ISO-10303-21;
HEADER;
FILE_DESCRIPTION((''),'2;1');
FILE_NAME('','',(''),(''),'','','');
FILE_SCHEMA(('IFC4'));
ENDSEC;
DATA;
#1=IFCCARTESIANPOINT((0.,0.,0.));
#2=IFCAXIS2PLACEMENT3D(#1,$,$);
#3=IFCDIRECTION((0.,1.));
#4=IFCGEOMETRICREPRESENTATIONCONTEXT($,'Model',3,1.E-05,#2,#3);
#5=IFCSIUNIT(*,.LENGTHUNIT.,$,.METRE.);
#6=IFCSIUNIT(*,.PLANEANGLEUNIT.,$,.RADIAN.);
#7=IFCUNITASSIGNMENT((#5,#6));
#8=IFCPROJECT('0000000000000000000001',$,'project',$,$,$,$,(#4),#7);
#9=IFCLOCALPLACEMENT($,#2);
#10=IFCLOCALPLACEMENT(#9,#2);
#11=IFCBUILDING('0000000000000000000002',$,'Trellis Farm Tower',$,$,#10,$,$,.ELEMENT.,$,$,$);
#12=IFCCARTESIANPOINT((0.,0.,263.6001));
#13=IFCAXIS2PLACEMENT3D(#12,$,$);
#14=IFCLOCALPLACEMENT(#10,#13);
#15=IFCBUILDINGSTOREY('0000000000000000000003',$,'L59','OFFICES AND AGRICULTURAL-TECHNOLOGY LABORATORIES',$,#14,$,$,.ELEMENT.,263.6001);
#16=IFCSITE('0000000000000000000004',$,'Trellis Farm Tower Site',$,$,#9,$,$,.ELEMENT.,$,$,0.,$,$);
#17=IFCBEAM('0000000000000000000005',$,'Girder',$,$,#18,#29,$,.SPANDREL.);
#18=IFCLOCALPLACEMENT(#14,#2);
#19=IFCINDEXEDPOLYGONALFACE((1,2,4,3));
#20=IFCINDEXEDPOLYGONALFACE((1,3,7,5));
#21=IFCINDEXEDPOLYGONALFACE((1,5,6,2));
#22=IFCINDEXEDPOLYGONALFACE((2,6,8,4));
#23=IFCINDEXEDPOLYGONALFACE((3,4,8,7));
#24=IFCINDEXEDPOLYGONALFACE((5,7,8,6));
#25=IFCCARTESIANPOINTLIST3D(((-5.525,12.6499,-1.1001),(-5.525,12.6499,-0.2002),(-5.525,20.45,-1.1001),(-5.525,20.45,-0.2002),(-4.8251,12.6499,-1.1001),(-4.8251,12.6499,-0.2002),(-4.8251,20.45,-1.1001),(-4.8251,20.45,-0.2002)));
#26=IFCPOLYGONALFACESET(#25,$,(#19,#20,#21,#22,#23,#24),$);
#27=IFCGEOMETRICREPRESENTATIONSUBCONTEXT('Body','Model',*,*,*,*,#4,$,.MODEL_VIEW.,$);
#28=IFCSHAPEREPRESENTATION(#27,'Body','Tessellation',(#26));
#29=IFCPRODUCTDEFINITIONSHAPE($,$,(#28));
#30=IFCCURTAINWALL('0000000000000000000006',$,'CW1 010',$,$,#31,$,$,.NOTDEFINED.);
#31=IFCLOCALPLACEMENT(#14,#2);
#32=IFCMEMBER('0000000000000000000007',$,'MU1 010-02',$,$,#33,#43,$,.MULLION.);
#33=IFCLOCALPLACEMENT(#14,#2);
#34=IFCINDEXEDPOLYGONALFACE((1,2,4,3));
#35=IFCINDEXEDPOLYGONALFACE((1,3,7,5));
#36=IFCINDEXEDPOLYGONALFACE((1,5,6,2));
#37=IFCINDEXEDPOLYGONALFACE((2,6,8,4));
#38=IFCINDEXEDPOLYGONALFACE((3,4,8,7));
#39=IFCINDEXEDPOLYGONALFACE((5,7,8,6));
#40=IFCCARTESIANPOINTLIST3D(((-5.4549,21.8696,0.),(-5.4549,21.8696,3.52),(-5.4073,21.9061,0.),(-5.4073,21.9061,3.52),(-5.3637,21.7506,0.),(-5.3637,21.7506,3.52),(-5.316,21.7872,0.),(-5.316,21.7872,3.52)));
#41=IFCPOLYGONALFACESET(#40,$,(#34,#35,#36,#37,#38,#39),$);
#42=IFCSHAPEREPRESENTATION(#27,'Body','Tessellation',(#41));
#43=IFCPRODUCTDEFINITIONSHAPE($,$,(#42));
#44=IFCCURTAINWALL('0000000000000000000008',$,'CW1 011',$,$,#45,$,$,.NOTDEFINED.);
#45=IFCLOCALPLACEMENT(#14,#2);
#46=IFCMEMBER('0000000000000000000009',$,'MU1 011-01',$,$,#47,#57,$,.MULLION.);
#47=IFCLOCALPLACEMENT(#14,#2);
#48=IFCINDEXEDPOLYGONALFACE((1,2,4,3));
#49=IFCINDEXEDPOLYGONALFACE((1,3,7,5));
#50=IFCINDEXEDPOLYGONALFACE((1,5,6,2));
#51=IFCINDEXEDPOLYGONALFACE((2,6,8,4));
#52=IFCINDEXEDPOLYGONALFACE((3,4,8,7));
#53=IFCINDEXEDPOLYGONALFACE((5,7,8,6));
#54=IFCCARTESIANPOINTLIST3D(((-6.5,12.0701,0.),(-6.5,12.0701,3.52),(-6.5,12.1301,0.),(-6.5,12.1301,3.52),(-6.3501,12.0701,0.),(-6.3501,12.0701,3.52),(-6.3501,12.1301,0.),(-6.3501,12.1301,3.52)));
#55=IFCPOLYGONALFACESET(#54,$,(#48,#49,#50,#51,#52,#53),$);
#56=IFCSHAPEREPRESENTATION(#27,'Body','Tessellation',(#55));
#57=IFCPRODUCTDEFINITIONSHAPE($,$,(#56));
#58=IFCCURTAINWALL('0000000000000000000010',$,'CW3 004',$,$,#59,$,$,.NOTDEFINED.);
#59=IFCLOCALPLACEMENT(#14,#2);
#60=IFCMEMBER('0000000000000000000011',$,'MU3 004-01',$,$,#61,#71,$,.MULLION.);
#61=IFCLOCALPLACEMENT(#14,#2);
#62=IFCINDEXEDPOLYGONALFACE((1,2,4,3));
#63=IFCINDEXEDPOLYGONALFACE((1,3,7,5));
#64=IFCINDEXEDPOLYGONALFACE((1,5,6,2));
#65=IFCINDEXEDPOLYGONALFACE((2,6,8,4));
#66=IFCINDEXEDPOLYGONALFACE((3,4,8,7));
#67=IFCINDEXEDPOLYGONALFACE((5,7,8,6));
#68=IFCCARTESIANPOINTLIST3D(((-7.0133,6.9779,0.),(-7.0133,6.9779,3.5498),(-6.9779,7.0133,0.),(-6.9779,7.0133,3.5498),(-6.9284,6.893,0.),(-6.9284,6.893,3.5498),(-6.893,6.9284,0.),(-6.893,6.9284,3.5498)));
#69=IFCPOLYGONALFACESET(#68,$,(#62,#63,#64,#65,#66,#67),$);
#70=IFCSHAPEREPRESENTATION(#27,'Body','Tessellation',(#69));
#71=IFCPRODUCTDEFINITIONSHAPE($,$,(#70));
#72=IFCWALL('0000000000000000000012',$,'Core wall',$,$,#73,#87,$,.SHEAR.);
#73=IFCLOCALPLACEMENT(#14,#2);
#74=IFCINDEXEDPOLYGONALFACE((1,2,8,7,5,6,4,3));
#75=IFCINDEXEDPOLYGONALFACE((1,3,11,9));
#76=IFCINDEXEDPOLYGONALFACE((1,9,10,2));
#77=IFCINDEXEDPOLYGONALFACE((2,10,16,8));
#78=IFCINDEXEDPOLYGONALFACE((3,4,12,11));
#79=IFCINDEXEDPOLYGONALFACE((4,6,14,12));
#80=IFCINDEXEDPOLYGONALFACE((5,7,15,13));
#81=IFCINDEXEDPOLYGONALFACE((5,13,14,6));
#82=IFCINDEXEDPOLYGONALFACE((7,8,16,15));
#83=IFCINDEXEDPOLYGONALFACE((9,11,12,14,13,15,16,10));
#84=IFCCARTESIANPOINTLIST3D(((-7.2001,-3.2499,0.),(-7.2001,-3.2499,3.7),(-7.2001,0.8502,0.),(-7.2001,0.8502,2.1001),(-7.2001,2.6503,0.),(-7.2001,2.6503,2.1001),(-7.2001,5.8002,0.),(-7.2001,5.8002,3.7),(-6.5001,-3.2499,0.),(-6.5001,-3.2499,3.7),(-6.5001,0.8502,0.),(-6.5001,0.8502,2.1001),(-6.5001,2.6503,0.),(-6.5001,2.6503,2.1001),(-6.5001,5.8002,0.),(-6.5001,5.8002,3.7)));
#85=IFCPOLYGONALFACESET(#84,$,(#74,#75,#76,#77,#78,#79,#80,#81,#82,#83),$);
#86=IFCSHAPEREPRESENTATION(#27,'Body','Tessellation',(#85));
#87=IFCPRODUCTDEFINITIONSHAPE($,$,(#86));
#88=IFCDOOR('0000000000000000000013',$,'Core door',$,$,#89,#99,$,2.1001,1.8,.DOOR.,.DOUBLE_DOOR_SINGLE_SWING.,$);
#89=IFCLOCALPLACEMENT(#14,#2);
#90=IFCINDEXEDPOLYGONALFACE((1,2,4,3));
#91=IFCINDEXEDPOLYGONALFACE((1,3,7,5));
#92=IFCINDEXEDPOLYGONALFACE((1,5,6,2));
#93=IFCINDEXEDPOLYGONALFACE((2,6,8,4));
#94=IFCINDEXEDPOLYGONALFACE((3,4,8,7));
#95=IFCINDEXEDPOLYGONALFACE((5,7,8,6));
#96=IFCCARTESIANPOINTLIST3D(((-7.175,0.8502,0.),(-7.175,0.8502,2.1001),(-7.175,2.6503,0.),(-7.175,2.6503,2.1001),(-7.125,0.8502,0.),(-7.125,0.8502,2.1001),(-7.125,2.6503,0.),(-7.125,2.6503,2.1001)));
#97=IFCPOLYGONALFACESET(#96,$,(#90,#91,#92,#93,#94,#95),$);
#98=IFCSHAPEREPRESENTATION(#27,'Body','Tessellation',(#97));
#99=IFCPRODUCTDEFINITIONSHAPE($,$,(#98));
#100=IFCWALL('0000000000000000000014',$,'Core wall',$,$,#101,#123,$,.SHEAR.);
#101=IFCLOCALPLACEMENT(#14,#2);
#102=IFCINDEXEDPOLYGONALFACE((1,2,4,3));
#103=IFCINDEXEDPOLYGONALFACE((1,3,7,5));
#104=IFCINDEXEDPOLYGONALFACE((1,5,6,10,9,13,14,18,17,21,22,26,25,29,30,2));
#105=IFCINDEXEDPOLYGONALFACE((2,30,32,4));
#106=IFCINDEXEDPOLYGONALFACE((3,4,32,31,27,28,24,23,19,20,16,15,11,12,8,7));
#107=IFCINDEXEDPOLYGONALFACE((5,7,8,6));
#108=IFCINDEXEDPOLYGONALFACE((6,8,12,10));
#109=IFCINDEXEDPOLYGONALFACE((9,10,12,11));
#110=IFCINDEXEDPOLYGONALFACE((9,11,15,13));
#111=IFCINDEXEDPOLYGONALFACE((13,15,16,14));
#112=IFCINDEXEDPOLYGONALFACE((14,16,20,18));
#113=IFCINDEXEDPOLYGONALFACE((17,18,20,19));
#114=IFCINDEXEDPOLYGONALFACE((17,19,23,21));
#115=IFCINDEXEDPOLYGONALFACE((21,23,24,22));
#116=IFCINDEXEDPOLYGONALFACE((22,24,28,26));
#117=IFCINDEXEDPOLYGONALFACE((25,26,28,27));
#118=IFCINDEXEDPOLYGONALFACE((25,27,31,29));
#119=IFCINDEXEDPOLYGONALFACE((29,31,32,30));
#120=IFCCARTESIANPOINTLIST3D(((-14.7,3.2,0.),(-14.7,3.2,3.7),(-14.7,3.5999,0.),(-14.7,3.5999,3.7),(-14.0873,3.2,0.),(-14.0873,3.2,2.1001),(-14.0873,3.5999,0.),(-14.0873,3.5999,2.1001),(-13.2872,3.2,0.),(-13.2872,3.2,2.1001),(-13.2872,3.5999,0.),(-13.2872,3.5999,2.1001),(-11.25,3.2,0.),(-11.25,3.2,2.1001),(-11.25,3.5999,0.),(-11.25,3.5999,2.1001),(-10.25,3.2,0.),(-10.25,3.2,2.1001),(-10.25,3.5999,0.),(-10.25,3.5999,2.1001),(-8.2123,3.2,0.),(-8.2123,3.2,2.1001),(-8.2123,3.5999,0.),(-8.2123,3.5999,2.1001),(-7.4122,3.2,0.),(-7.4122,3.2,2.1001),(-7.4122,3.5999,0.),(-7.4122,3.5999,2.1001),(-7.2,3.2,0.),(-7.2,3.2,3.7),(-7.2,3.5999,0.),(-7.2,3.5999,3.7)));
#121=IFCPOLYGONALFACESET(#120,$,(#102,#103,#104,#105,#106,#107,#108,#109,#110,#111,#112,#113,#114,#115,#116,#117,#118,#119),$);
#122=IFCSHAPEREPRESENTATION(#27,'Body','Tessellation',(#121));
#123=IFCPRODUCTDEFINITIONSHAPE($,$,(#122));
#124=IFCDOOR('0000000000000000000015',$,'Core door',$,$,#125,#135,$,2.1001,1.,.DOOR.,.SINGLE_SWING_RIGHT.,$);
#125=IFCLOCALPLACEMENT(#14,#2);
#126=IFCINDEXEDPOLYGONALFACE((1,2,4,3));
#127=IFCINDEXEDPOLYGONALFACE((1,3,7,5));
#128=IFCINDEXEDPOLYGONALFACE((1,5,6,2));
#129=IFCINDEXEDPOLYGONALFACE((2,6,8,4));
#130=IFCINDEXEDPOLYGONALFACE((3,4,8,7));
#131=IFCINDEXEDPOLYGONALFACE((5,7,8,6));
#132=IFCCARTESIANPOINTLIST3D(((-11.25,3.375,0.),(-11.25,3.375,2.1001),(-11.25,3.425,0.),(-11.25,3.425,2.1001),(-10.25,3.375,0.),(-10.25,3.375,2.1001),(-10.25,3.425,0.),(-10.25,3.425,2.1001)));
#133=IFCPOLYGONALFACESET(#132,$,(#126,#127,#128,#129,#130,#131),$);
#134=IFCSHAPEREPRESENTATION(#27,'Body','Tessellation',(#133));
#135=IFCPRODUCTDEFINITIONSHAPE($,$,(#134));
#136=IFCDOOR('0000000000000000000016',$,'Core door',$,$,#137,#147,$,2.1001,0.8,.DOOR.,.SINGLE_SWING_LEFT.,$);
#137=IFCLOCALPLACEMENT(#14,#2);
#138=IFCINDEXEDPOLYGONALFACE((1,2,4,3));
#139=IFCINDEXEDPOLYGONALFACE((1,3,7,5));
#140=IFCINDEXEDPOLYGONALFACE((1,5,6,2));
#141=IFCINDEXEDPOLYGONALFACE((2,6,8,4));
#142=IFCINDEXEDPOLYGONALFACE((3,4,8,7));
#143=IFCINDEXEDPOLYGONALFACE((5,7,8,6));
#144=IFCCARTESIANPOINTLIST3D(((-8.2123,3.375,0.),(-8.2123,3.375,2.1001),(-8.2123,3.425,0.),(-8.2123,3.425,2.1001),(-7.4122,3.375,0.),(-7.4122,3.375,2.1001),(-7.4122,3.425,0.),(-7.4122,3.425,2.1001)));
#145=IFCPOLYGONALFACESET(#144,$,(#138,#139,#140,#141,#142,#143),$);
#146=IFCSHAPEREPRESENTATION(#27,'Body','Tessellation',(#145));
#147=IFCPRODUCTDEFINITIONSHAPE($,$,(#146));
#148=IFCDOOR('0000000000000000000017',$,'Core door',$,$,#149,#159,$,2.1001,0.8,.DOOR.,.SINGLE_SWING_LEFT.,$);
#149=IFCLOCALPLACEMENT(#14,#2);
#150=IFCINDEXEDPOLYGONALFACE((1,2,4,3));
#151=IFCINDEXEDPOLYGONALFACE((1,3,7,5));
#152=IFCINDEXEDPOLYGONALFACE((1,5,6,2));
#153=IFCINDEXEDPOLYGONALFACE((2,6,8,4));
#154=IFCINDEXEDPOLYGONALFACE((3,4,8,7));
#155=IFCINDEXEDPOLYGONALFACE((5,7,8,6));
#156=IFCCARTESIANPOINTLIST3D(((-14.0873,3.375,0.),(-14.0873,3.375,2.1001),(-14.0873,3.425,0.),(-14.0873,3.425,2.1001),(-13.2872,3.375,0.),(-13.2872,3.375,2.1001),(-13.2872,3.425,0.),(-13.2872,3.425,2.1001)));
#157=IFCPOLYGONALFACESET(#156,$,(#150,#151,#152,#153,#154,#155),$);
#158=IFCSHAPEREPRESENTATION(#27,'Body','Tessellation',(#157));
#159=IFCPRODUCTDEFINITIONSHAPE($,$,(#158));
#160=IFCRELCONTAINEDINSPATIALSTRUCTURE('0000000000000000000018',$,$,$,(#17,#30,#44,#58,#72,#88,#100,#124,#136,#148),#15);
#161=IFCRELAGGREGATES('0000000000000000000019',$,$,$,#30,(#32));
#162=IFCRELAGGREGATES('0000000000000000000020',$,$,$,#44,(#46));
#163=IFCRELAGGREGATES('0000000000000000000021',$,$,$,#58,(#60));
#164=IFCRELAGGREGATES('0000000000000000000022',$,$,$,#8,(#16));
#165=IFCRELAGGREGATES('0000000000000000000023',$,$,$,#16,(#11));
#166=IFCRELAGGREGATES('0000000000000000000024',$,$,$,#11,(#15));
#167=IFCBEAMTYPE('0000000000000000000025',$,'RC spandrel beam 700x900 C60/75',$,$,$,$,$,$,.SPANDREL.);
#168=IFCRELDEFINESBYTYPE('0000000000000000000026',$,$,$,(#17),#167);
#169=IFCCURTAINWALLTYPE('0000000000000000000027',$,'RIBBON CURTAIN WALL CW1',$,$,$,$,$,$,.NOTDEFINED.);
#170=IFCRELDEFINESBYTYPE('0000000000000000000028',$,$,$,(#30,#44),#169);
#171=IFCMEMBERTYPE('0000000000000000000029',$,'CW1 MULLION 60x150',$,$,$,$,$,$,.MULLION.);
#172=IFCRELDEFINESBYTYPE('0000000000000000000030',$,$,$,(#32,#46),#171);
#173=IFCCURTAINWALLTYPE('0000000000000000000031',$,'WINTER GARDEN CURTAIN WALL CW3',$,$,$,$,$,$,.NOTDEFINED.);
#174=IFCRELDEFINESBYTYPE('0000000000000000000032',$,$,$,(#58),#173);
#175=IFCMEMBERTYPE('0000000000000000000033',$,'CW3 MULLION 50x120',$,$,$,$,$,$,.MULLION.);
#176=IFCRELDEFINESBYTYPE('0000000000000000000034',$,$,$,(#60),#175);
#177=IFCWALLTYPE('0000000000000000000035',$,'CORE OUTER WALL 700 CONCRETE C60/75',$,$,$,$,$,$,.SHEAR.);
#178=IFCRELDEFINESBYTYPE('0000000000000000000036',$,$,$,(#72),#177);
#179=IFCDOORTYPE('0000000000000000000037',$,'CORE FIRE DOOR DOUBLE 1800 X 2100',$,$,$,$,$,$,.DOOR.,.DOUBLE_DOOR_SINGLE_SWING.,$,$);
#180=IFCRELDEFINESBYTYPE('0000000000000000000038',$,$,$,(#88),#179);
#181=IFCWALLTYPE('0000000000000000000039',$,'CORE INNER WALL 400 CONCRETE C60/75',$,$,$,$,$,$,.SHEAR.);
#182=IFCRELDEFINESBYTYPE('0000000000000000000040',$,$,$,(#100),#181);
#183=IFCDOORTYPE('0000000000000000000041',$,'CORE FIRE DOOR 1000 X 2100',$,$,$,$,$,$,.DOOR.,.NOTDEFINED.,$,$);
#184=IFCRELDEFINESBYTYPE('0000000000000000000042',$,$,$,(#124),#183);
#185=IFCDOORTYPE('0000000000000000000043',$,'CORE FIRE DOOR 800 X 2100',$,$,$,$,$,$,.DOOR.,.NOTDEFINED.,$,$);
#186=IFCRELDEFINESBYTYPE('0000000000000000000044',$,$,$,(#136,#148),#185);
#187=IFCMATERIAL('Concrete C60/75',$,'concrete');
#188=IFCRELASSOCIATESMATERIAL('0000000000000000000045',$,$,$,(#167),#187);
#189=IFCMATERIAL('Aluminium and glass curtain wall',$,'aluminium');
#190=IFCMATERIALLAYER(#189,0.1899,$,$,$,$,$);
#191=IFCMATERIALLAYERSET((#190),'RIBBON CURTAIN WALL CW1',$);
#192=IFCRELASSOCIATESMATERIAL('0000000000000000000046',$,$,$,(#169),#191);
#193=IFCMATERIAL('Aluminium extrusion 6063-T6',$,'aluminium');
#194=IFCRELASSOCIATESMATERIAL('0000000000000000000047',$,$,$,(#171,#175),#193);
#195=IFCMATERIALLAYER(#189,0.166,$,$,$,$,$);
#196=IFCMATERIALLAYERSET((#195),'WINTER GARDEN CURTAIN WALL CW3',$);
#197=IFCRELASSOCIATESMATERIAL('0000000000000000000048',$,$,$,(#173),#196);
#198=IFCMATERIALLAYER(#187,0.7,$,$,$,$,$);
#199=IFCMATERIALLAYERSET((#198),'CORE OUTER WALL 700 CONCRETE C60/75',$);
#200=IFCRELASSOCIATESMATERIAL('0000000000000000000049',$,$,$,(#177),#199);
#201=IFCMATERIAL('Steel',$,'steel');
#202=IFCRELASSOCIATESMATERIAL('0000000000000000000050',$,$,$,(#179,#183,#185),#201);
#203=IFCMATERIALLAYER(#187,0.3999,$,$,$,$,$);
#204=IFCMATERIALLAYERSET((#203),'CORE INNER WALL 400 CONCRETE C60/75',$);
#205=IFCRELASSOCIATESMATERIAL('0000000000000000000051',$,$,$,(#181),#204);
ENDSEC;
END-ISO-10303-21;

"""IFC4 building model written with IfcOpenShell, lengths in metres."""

from ifc_helpers import new_model, si_unit, direction, frame, frame_2d, origin, origin_2d, place, context, subcontext, project, spatial, rectangle, extrude, source, transform, mapped, material, layer, layer_set, material_profile, profile_set, type_object, element, fill, aggregate, save


model = new_model("IFC4")

# Units and contexts
model_context = context("Model", 3, precision=1e-05, world=origin(), true_north=direction((0.0, 1.0)))
body_context = subcontext(model_context, "Body", "Model", "MODEL_VIEW")
ifc_project = project(units=[si_unit("LENGTHUNIT", "METRE"), si_unit("PLANEANGLEUNIT", "RADIAN")], contexts=[model_context])

# Site, building, storey
site_placement = place(None, origin())
site = spatial("IfcSite", under=ifc_project, at=site_placement, Name="Trellis Farm Tower Site", CompositionType="ELEMENT", RefElevation=0.0)
building_placement = place(site_placement, origin())
building = spatial("IfcBuilding", under=site, at=building_placement, Name="Trellis Farm Tower", CompositionType="ELEMENT")
storey_placement = place(building_placement, frame((0.0, 0.0, 263.6001)))
storey = spatial("IfcBuildingStorey", under=building, at=storey_placement, Name="L59", Description="OFFICES AND AGRICULTURAL-TECHNOLOGY LABORATORIES", CompositionType="ELEMENT", Elevation=263.6001)

# Shared definitions
ifc_material_1 = material(Name="Concrete C60/75", Category="concrete")

# Beam
ifc_material_profile_1 = material_profile(ifc_material_1, rectangle(XDim=0.7, YDim=0.8999, at=origin_2d()), Name="RC spandrel beam 700x900 C60/75")
ifc_profile_set_1 = profile_set([ifc_material_profile_1], Name="Concrete C60/75")
beam_type_1 = type_object("IfcBeamType", Name="RC spandrel beam 700x900 C60/75", PredefinedType="SPANDREL", material=ifc_profile_set_1)
shared_shape_1 = source(origin(), body_context, "Body", "SweptSolid", [
    extrude(rectangle(XDim=0.7, YDim=0.8999, at=origin_2d()), origin(), (0.0, 0.0, 1.0), 7.8),
])
beam_1_placement = place(storey_placement, frame((-5.175, 12.6499, -0.6501), z_axis=(0.0, 1.0, 0.0), x_axis=(-1.0, 0.0, 0.0)))
element("IfcBeam", 1, at=beam_1_placement, inside=storey, type_object=beam_type_1, Name="Girder", PredefinedType="SPANDREL", context=body_context, shape_type="MappedRepresentation", body=[
    mapped(shared_shape_1, transform((0.0, 0.0, 0.0))),
])

# Curtain walls, members
ifc_material_2 = material(Name="Aluminium and glass curtain wall", Category="aluminium")
ifc_layer_1 = layer(ifc_material_2, 0.1899)
ifc_layer_set_1 = layer_set([ifc_layer_1], Name="RIBBON CURTAIN WALL CW1")
curtain_wall_type_1 = type_object("IfcCurtainWallType", Name="RIBBON CURTAIN WALL CW1", PredefinedType="NOTDEFINED", material=ifc_layer_set_1)
placement = place(storey_placement, origin())
curtain_wall_1 = element("IfcCurtainWall", 2, at=placement, inside=storey, type_object=curtain_wall_type_1, Name="CW1 010", PredefinedType="NOTDEFINED")
ifc_material_3 = material(Name="Aluminium extrusion 6063-T6", Category="aluminium")
ifc_material_profile_2 = material_profile(ifc_material_3, rectangle(XDim=0.0601, YDim=0.1499, at=origin_2d()), Name="MULLION 60x150")
ifc_profile_set_2 = profile_set([ifc_material_profile_2], Name="Aluminium extrusion 6063-T6")
member_type_1 = type_object("IfcMemberType", Name="CW1 MULLION 60x150", PredefinedType="MULLION", material=ifc_profile_set_2)
shared_shape_2 = source(origin(), body_context, "Body", "SweptSolid", [
    extrude(rectangle(XDim=0.0601, YDim=0.1499, at=origin_2d()), origin(), (0.0, 0.0, 1.0), 3.52),
])
member_1_placement = place(storey_placement, frame((-5.3855, 21.8284, 0.0), z_axis=(0.0, 0.0, 1.0), x_axis=(-0.793353, -0.608761, 0.0)))
member_1 = element("IfcMember", 3, at=member_1_placement, type_object=member_type_1, Name="MU1 010-02", PredefinedType="MULLION", context=body_context, shape_type="MappedRepresentation", body=[
    mapped(shared_shape_2, transform((0.0, 0.0, 0.0))),
])
aggregate(curtain_wall_1, [member_1])
curtain_wall_2 = element("IfcCurtainWall", 4, at=placement, inside=storey, type_object=curtain_wall_type_1, Name="CW1 011", PredefinedType="NOTDEFINED")
member_2_placement = place(storey_placement, frame((-6.425, 12.1001, 0.0), z_axis=(0.0, 0.0, 1.0), x_axis=(0.0, -1.0, 0.0)))
member_2 = element("IfcMember", 5, at=member_2_placement, type_object=member_type_1, Name="MU1 011-01", PredefinedType="MULLION", context=body_context, shape_type="MappedRepresentation", body=[
    mapped(shared_shape_2, transform((0.0, 0.0, 0.0))),
])
aggregate(curtain_wall_2, [member_2])
ifc_layer_2 = layer(ifc_material_2, 0.166)
ifc_layer_set_2 = layer_set([ifc_layer_2], Name="WINTER GARDEN CURTAIN WALL CW3")
curtain_wall_type_2 = type_object("IfcCurtainWallType", Name="WINTER GARDEN CURTAIN WALL CW3", PredefinedType="NOTDEFINED", material=ifc_layer_set_2)
curtain_wall_3 = element("IfcCurtainWall", 6, at=placement, inside=storey, type_object=curtain_wall_type_2, Name="CW3 004", PredefinedType="NOTDEFINED")
ifc_material_profile_3 = material_profile(ifc_material_3, rectangle(XDim=0.05, YDim=0.1201, at=origin_2d()), Name="MULLION 50x120")
ifc_profile_set_3 = profile_set([ifc_material_profile_3], Name="Aluminium extrusion 6063-T6")
member_type_2 = type_object("IfcMemberType", Name="CW3 MULLION 50x120", PredefinedType="MULLION", material=ifc_profile_set_3)
shared_shape_3 = source(origin(), body_context, "Body", "SweptSolid", [
    extrude(rectangle(XDim=0.05, YDim=0.1201, at=origin_2d()), origin(), (0.0, 0.0, 1.0), 3.5498),
])
member_3_placement = place(storey_placement, frame((-6.9531, 6.9531, 0.0), z_axis=(0.0, 0.0, 1.0), x_axis=(-0.707107, -0.707107, 0.0)))
member_3 = element("IfcMember", 7, at=member_3_placement, type_object=member_type_2, Name="MU3 004-01", PredefinedType="MULLION", context=body_context, shape_type="MappedRepresentation", body=[
    mapped(shared_shape_3, transform((0.0, 0.0, 0.0))),
])
aggregate(curtain_wall_3, [member_3])

# Wall, opening, door
ifc_layer_3 = layer(ifc_material_1, 0.7)
ifc_layer_set_3 = layer_set([ifc_layer_3], Name="CORE OUTER WALL 700 CONCRETE C60/75")
wall_type_1 = type_object("IfcWallType", Name="CORE OUTER WALL 700 CONCRETE C60/75", PredefinedType="SHEAR", material=ifc_layer_set_3)
shared_shape_4 = source(origin(), body_context, "Body", "SweptSolid", [
    extrude(rectangle(XDim=9.05, YDim=0.7, at=frame_2d((4.5249, 0.0))), origin(), (0.0, 0.0, 1.0), 3.7),
])
wall_1_placement = place(storey_placement, frame((-6.8501, 5.8, 0.0), z_axis=(0.0, 0.0, 1.0), x_axis=(0.0, -1.0, 0.0)))
wall_1 = element("IfcWall", 8, at=wall_1_placement, inside=storey, type_object=wall_type_1, Name="Core wall", PredefinedType="SHEAR", context=body_context, shape_type="MappedRepresentation", body=[
    mapped(shared_shape_4, transform((0.0, 0.0, 0.0))),
])
shared_shape_5 = source(origin(), body_context, "Body", "SweptSolid", [
    extrude(rectangle(XDim=1.8, YDim=2.1001, at=frame_2d((0.8999, 1.05))), frame((0.0, 0.3601, 0.0), z_axis=(0.0, -1.0, 0.0), x_axis=(1.0, 0.0, 0.0)), (0.0, 0.0, 1.0), 0.7202),
])
opening_1_placement = place(wall_1_placement, frame((3.1499, 0.0, 0.0)))
opening_1 = element("IfcOpeningElement", 9, at=opening_1_placement, cuts=wall_1, PredefinedType="OPENING", context=body_context, shape_type="MappedRepresentation", body=[
    mapped(shared_shape_5, transform((0.0, 0.0, 0.0))),
])
ifc_material_4 = material(Name="Steel", Category="steel")
door_type_1 = type_object("IfcDoorType", Name="CORE FIRE DOOR DOUBLE 1800 X 2100", OperationType="DOUBLE_DOOR_SINGLE_SWING", PredefinedType="DOOR", material=ifc_material_4)
shared_shape_6 = source(origin(), body_context, "Body", "SweptSolid", [
    extrude(rectangle(XDim=1.8, YDim=2.1001, at=frame_2d((0.8999, 1.05))), frame((0.0, -0.2749, 0.0), z_axis=(0.0, -1.0, 0.0), x_axis=(1.0, 0.0, 0.0)), (0.0, 0.0, 1.0), 0.05),
])
door_1_placement = place(opening_1_placement, origin())
door_1 = element("IfcDoor", 10, at=door_1_placement, inside=storey, type_object=door_type_1, Name="Core door", OperationType="DOUBLE_DOOR_SINGLE_SWING", OverallHeight=2.1001, OverallWidth=1.8, PredefinedType="DOOR", context=body_context, shape_type="MappedRepresentation", body=[
    mapped(shared_shape_6, transform((0.0, 0.0, 0.0))),
])
fill(opening_1, door_1)

# Wall, openings, doors
ifc_layer_4 = layer(ifc_material_1, 0.3999)
ifc_layer_set_4 = layer_set([ifc_layer_4], Name="CORE INNER WALL 400 CONCRETE C60/75")
wall_type_2 = type_object("IfcWallType", Name="CORE INNER WALL 400 CONCRETE C60/75", PredefinedType="SHEAR", material=ifc_layer_set_4)
shared_shape_7 = source(origin(), body_context, "Body", "SweptSolid", [
    extrude(rectangle(XDim=7.5, YDim=0.3999, at=frame_2d((3.75, 0.0))), origin(), (0.0, 0.0, 1.0), 3.7),
])
wall_2_placement = place(storey_placement, frame((-7.2, 3.3999, 0.0), z_axis=(0.0, 0.0, 1.0), x_axis=(-1.0, 0.0, 0.0)))
wall_2 = element("IfcWall", 11, at=wall_2_placement, inside=storey, type_object=wall_type_2, Name="Core wall", PredefinedType="SHEAR", context=body_context, shape_type="MappedRepresentation", body=[
    mapped(shared_shape_7, transform((0.0, 0.0, 0.0))),
])
shared_shape_8 = source(origin(), body_context, "Body", "SweptSolid", [
    extrude(rectangle(XDim=0.8, YDim=2.1001, at=frame_2d((0.3999, 1.05))), frame((0.0, 0.21, 0.0), z_axis=(0.0, -1.0, 0.0), x_axis=(1.0, 0.0, 0.0)), (0.0, 0.0, 1.0), 0.4199),
])
opening_2_placement = place(wall_2_placement, frame((0.2124, 0.0, 0.0)))
opening_2 = element("IfcOpeningElement", 12, at=opening_2_placement, cuts=wall_2, PredefinedType="OPENING", context=body_context, shape_type="MappedRepresentation", body=[
    mapped(shared_shape_8, transform((0.0, 0.0, 0.0))),
])
shared_shape_9 = source(origin(), body_context, "Body", "SweptSolid", [
    extrude(rectangle(XDim=1.0, YDim=2.1001, at=frame_2d((0.5, 1.05))), frame((0.0, 0.21, 0.0), z_axis=(0.0, -1.0, 0.0), x_axis=(1.0, 0.0, 0.0)), (0.0, 0.0, 1.0), 0.4199),
])
opening_3_placement = place(wall_2_placement, frame((3.05, 0.0, 0.0)))
opening_3 = element("IfcOpeningElement", 13, at=opening_3_placement, cuts=wall_2, PredefinedType="OPENING", context=body_context, shape_type="MappedRepresentation", body=[
    mapped(shared_shape_9, transform((0.0, 0.0, 0.0))),
])
opening_4_placement = place(wall_2_placement, frame((6.0874, 0.0, 0.0)))
opening_4 = element("IfcOpeningElement", 14, at=opening_4_placement, cuts=wall_2, PredefinedType="OPENING", context=body_context, shape_type="MappedRepresentation", body=[
    mapped(shared_shape_8, transform((0.0, 0.0, 0.0))),
])
door_type_2 = type_object("IfcDoorType", Name="CORE FIRE DOOR 1000 X 2100", OperationType="NOTDEFINED", PredefinedType="DOOR", material=ifc_material_4)
shared_shape_10 = source(origin(), body_context, "Body", "SweptSolid", [
    extrude(rectangle(XDim=1.0, YDim=2.1001, at=frame_2d((0.5, 1.05))), frame((0.0, 0.0249, 0.0), z_axis=(0.0, -1.0, 0.0), x_axis=(1.0, 0.0, 0.0)), (0.0, 0.0, 1.0), 0.05),
])
door_2_placement = place(opening_3_placement, origin())
door_2 = element("IfcDoor", 15, at=door_2_placement, inside=storey, type_object=door_type_2, Name="Core door", OperationType="SINGLE_SWING_RIGHT", OverallHeight=2.1001, OverallWidth=1.0, PredefinedType="DOOR", context=body_context, shape_type="MappedRepresentation", body=[
    mapped(shared_shape_10, transform((0.0, 0.0, 0.0))),
])
fill(opening_3, door_2)
door_type_3 = type_object("IfcDoorType", Name="CORE FIRE DOOR 800 X 2100", OperationType="NOTDEFINED", PredefinedType="DOOR", material=ifc_material_4)
shared_shape_11 = source(origin(), body_context, "Body", "SweptSolid", [
    extrude(rectangle(XDim=0.8, YDim=2.1001, at=frame_2d((0.3999, 1.05))), frame((0.0, 0.0249, 0.0), z_axis=(0.0, -1.0, 0.0), x_axis=(1.0, 0.0, 0.0)), (0.0, 0.0, 1.0), 0.05),
])
door_3_placement = place(opening_2_placement, origin())
door_3 = element("IfcDoor", 16, at=door_3_placement, inside=storey, type_object=door_type_3, Name="Core door", OperationType="SINGLE_SWING_LEFT", OverallHeight=2.1001, OverallWidth=0.8, PredefinedType="DOOR", context=body_context, shape_type="MappedRepresentation", body=[
    mapped(shared_shape_11, transform((0.0, 0.0, 0.0))),
])
fill(opening_2, door_3)
door_4_placement = place(opening_4_placement, origin())
door_4 = element("IfcDoor", 17, at=door_4_placement, inside=storey, type_object=door_type_3, Name="Core door", OperationType="SINGLE_SWING_LEFT", OverallHeight=2.1001, OverallWidth=0.8, PredefinedType="DOOR", context=body_context, shape_type="MappedRepresentation", body=[
    mapped(shared_shape_11, transform((0.0, 0.0, 0.0))),
])
fill(opening_4, door_4)

save(model, "model.ifc")
